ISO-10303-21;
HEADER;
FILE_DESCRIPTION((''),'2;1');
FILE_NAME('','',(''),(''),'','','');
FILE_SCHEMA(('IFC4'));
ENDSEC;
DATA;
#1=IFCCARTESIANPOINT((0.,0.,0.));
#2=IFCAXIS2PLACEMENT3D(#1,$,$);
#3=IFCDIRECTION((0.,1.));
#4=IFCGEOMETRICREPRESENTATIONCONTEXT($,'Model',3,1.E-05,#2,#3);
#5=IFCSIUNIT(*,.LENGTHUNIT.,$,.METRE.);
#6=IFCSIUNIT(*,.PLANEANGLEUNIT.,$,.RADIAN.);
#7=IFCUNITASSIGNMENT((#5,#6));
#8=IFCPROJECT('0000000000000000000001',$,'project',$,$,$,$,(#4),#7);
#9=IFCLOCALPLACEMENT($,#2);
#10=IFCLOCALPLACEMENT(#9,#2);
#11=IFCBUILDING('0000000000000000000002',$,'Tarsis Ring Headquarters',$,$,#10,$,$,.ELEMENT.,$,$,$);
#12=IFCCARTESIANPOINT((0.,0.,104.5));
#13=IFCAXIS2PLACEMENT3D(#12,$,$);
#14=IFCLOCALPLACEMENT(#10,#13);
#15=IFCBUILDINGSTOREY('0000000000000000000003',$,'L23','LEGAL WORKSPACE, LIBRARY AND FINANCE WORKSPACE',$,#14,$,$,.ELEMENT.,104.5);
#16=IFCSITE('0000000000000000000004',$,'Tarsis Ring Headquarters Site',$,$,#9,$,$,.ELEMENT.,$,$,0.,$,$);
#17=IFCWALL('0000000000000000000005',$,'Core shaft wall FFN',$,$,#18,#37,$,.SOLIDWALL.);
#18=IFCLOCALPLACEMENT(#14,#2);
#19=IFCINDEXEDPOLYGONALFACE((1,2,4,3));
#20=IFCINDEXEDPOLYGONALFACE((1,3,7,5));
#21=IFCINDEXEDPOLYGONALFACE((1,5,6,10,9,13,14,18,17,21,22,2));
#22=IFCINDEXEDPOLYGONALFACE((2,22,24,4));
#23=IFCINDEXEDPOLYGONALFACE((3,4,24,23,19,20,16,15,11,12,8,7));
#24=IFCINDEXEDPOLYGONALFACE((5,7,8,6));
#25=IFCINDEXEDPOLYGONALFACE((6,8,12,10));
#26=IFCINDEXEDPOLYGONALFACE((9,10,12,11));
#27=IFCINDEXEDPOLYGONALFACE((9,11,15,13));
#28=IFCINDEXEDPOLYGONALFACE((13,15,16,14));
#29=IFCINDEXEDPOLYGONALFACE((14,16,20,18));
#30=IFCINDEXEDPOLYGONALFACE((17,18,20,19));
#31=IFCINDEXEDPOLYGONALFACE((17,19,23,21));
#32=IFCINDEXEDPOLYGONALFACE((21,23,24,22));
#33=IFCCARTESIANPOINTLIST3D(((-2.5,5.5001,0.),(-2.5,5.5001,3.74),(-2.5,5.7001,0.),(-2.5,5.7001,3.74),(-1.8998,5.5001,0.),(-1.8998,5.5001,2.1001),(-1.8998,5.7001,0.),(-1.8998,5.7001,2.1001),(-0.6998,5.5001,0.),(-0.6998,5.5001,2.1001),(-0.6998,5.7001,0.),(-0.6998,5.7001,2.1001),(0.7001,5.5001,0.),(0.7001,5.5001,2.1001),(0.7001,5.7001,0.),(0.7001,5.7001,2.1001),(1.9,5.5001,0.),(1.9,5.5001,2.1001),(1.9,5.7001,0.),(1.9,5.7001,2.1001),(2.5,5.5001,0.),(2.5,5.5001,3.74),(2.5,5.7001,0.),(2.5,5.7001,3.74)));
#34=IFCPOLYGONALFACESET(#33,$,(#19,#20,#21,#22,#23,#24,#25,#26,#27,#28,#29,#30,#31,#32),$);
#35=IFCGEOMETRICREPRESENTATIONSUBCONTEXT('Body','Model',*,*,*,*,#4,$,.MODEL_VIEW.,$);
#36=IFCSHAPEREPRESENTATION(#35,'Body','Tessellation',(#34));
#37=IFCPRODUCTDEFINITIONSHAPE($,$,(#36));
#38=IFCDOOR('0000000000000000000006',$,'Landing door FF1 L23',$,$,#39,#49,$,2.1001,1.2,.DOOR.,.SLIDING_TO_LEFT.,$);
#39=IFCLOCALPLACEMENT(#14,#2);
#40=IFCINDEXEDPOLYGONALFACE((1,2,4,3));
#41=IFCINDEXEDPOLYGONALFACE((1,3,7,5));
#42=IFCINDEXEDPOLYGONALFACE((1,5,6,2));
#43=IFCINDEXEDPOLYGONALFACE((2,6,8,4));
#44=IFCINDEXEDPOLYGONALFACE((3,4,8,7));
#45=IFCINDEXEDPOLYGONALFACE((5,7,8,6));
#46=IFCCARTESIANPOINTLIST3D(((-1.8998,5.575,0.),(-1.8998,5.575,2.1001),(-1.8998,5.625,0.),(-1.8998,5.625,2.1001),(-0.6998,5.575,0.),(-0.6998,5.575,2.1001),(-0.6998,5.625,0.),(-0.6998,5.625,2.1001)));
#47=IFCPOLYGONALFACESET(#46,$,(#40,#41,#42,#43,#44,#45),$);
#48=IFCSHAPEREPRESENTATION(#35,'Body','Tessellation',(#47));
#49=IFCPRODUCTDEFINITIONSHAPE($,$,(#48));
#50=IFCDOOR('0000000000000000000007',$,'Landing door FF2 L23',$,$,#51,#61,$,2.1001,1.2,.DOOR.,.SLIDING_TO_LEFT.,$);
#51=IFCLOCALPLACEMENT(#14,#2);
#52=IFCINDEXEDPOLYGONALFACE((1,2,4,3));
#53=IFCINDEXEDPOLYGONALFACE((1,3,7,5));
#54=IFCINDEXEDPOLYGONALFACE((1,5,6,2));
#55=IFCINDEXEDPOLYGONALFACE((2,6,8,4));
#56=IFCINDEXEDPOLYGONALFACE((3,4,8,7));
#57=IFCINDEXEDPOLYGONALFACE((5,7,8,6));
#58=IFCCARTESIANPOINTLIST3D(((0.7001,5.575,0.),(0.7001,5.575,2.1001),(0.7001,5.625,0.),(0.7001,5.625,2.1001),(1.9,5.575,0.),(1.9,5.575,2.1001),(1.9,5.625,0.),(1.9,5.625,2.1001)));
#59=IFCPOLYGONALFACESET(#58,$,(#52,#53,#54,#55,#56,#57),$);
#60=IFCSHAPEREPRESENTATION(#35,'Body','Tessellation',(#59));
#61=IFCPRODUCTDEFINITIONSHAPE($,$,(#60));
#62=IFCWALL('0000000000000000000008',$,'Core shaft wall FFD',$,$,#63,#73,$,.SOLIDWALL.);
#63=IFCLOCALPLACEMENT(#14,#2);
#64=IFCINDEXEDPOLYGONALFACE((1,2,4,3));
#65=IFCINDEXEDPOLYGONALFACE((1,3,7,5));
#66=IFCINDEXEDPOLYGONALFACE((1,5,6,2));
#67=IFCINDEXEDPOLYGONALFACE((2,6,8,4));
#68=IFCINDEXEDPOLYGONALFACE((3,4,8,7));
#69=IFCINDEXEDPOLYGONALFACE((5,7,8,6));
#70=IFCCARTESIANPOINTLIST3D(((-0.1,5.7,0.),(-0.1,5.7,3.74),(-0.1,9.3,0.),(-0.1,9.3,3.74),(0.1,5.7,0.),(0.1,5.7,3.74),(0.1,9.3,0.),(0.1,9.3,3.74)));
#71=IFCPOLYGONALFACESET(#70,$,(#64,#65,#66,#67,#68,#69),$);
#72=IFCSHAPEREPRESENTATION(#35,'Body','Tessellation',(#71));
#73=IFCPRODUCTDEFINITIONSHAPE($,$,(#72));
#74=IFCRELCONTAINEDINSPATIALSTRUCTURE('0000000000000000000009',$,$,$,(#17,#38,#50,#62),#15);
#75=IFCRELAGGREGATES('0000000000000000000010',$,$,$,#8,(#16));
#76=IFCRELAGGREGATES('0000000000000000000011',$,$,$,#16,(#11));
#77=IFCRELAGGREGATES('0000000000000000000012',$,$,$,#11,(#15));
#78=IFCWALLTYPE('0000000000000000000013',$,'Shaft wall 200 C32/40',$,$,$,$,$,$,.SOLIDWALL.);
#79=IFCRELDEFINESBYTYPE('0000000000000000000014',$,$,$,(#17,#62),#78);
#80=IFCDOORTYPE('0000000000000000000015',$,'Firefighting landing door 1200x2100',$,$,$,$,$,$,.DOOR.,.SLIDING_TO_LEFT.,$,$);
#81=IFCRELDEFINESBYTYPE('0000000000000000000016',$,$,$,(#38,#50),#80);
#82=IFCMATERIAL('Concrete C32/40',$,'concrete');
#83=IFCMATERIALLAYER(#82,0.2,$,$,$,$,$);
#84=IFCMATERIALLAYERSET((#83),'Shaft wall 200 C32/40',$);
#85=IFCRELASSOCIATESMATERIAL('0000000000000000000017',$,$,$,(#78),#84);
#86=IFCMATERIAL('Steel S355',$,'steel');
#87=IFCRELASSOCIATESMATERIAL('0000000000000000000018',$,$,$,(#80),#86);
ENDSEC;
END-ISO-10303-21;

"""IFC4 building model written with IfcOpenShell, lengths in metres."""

from ifc_helpers import new_model, si_unit, direction, frame, frame_2d, origin, place, context, subcontext, project, spatial, rectangle, extrude, material, layer, layer_set, type_object, element, fill, save


model = new_model("IFC4")

# Units and contexts
model_context = context("Model", 3, precision=1e-05, world=origin(), true_north=direction((0.0, 1.0)))
body_context = subcontext(model_context, "Body", "Model", "MODEL_VIEW")
ifc_project = project(units=[si_unit("LENGTHUNIT", "METRE"), si_unit("PLANEANGLEUNIT", "RADIAN")], contexts=[model_context])

# Site, building, storey
site_placement = place(None, origin())
site = spatial("IfcSite", under=ifc_project, at=site_placement, Name="Tarsis Ring Headquarters Site", CompositionType="ELEMENT", RefElevation=0.0)
building_placement = place(site_placement, origin())
building = spatial("IfcBuilding", under=site, at=building_placement, Name="Tarsis Ring Headquarters", CompositionType="ELEMENT")
storey_placement = place(building_placement, frame((0.0, 0.0, 104.5)))
storey = spatial("IfcBuildingStorey", under=building, at=storey_placement, Name="L23", Description="LEGAL WORKSPACE, LIBRARY AND FINANCE WORKSPACE", CompositionType="ELEMENT", Elevation=104.5)

# Shared definitions
ifc_material_1 = material(Name="Concrete C32/40", Category="concrete")
ifc_layer_1 = layer(ifc_material_1, 0.2)
ifc_layer_set_1 = layer_set([ifc_layer_1], Name="Shaft wall 200 C32/40")
wall_type = type_object("IfcWallType", Name="Shaft wall 200 C32/40", PredefinedType="SOLIDWALL", material=ifc_layer_set_1)
ifc_material_2 = material(Name="Steel S355", Category="steel")

# Wall, openings, doors
wall_1_placement = place(storey_placement, frame((-2.5, 5.6001, 0.0), z_axis=(0.0, 0.0, 1.0), x_axis=(1.0, 0.0, 0.0)))
wall_1 = element("IfcWall", 1, at=wall_1_placement, inside=storey, type_object=wall_type, Name="Core shaft wall FFN", PredefinedType="SOLIDWALL", context=body_context, shape_type="SweptSolid", body=[
    extrude(rectangle(XDim=5.0, YDim=0.2, at=frame_2d((2.5, 0.0))), origin(), (0.0, 0.0, 1.0), 3.74),
])
opening_1_placement = place(wall_1_placement, frame((0.6001, 0.0, 0.0)))
opening_1 = element("IfcOpeningElement", 2, at=opening_1_placement, cuts=wall_1, PredefinedType="OPENING", context=body_context, shape_type="SweptSolid", body=[
    extrude(rectangle(XDim=1.2, YDim=2.1001, at=frame_2d((0.6001, 1.05))), frame((0.0, 0.1099, 0.0), z_axis=(0.0, -1.0, 0.0), x_axis=(1.0, 0.0, 0.0)), (0.0, 0.0, 1.0), 0.22),
])
opening_2_placement = place(wall_1_placement, frame((3.2, 0.0, 0.0)))
opening_2 = element("IfcOpeningElement", 3, at=opening_2_placement, cuts=wall_1, PredefinedType="OPENING", context=body_context, shape_type="SweptSolid", body=[
    extrude(rectangle(XDim=1.2, YDim=2.1001, at=frame_2d((0.6001, 1.05))), frame((0.0, 0.1099, 0.0), z_axis=(0.0, -1.0, 0.0), x_axis=(1.0, 0.0, 0.0)), (0.0, 0.0, 1.0), 0.22),
])
door_type_1 = type_object("IfcDoorType", Name="Firefighting landing door 1200x2100", OperationType="SLIDING_TO_LEFT", PredefinedType="DOOR", material=ifc_material_2)
door_1_placement = place(opening_1_placement, origin())
door_1 = element("IfcDoor", 4, at=door_1_placement, inside=storey, type_object=door_type_1, Name="Landing door FF1 L23", OperationType="SLIDING_TO_LEFT", OverallHeight=2.1001, OverallWidth=1.2, PredefinedType="DOOR", context=body_context, shape_type="SweptSolid", body=[
    extrude(rectangle(XDim=1.2, YDim=2.1001, at=frame_2d((0.6001, 1.05))), frame((0.0, 0.0249, 0.0), z_axis=(0.0, -1.0, 0.0), x_axis=(1.0, 0.0, 0.0)), (0.0, 0.0, 1.0), 0.05),
])
fill(opening_1, door_1)
door_2_placement = place(opening_2_placement, origin())
door_2 = element("IfcDoor", 5, at=door_2_placement, inside=storey, type_object=door_type_1, Name="Landing door FF2 L23", OperationType="SLIDING_TO_LEFT", OverallHeight=2.1001, OverallWidth=1.2, PredefinedType="DOOR", context=body_context, shape_type="SweptSolid", body=[
    extrude(rectangle(XDim=1.2, YDim=2.1001, at=frame_2d((0.6001, 1.05))), frame((0.0, 0.0249, 0.0), z_axis=(0.0, -1.0, 0.0), x_axis=(1.0, 0.0, 0.0)), (0.0, 0.0, 1.0), 0.05),
])
fill(opening_2, door_2)

# Wall
wall_2_placement = place(storey_placement, frame((0.0, 5.7, 0.0), z_axis=(0.0, 0.0, 1.0), x_axis=(0.0, 1.0, 0.0)))
element("IfcWall", 6, at=wall_2_placement, inside=storey, type_object=wall_type, Name="Core shaft wall FFD", PredefinedType="SOLIDWALL", context=body_context, shape_type="SweptSolid", body=[
    extrude(rectangle(XDim=3.6001, YDim=0.2, at=frame_2d((1.8, 0.0))), origin(), (0.0, 0.0, 1.0), 3.74),
])

save(model, "model.ifc")
